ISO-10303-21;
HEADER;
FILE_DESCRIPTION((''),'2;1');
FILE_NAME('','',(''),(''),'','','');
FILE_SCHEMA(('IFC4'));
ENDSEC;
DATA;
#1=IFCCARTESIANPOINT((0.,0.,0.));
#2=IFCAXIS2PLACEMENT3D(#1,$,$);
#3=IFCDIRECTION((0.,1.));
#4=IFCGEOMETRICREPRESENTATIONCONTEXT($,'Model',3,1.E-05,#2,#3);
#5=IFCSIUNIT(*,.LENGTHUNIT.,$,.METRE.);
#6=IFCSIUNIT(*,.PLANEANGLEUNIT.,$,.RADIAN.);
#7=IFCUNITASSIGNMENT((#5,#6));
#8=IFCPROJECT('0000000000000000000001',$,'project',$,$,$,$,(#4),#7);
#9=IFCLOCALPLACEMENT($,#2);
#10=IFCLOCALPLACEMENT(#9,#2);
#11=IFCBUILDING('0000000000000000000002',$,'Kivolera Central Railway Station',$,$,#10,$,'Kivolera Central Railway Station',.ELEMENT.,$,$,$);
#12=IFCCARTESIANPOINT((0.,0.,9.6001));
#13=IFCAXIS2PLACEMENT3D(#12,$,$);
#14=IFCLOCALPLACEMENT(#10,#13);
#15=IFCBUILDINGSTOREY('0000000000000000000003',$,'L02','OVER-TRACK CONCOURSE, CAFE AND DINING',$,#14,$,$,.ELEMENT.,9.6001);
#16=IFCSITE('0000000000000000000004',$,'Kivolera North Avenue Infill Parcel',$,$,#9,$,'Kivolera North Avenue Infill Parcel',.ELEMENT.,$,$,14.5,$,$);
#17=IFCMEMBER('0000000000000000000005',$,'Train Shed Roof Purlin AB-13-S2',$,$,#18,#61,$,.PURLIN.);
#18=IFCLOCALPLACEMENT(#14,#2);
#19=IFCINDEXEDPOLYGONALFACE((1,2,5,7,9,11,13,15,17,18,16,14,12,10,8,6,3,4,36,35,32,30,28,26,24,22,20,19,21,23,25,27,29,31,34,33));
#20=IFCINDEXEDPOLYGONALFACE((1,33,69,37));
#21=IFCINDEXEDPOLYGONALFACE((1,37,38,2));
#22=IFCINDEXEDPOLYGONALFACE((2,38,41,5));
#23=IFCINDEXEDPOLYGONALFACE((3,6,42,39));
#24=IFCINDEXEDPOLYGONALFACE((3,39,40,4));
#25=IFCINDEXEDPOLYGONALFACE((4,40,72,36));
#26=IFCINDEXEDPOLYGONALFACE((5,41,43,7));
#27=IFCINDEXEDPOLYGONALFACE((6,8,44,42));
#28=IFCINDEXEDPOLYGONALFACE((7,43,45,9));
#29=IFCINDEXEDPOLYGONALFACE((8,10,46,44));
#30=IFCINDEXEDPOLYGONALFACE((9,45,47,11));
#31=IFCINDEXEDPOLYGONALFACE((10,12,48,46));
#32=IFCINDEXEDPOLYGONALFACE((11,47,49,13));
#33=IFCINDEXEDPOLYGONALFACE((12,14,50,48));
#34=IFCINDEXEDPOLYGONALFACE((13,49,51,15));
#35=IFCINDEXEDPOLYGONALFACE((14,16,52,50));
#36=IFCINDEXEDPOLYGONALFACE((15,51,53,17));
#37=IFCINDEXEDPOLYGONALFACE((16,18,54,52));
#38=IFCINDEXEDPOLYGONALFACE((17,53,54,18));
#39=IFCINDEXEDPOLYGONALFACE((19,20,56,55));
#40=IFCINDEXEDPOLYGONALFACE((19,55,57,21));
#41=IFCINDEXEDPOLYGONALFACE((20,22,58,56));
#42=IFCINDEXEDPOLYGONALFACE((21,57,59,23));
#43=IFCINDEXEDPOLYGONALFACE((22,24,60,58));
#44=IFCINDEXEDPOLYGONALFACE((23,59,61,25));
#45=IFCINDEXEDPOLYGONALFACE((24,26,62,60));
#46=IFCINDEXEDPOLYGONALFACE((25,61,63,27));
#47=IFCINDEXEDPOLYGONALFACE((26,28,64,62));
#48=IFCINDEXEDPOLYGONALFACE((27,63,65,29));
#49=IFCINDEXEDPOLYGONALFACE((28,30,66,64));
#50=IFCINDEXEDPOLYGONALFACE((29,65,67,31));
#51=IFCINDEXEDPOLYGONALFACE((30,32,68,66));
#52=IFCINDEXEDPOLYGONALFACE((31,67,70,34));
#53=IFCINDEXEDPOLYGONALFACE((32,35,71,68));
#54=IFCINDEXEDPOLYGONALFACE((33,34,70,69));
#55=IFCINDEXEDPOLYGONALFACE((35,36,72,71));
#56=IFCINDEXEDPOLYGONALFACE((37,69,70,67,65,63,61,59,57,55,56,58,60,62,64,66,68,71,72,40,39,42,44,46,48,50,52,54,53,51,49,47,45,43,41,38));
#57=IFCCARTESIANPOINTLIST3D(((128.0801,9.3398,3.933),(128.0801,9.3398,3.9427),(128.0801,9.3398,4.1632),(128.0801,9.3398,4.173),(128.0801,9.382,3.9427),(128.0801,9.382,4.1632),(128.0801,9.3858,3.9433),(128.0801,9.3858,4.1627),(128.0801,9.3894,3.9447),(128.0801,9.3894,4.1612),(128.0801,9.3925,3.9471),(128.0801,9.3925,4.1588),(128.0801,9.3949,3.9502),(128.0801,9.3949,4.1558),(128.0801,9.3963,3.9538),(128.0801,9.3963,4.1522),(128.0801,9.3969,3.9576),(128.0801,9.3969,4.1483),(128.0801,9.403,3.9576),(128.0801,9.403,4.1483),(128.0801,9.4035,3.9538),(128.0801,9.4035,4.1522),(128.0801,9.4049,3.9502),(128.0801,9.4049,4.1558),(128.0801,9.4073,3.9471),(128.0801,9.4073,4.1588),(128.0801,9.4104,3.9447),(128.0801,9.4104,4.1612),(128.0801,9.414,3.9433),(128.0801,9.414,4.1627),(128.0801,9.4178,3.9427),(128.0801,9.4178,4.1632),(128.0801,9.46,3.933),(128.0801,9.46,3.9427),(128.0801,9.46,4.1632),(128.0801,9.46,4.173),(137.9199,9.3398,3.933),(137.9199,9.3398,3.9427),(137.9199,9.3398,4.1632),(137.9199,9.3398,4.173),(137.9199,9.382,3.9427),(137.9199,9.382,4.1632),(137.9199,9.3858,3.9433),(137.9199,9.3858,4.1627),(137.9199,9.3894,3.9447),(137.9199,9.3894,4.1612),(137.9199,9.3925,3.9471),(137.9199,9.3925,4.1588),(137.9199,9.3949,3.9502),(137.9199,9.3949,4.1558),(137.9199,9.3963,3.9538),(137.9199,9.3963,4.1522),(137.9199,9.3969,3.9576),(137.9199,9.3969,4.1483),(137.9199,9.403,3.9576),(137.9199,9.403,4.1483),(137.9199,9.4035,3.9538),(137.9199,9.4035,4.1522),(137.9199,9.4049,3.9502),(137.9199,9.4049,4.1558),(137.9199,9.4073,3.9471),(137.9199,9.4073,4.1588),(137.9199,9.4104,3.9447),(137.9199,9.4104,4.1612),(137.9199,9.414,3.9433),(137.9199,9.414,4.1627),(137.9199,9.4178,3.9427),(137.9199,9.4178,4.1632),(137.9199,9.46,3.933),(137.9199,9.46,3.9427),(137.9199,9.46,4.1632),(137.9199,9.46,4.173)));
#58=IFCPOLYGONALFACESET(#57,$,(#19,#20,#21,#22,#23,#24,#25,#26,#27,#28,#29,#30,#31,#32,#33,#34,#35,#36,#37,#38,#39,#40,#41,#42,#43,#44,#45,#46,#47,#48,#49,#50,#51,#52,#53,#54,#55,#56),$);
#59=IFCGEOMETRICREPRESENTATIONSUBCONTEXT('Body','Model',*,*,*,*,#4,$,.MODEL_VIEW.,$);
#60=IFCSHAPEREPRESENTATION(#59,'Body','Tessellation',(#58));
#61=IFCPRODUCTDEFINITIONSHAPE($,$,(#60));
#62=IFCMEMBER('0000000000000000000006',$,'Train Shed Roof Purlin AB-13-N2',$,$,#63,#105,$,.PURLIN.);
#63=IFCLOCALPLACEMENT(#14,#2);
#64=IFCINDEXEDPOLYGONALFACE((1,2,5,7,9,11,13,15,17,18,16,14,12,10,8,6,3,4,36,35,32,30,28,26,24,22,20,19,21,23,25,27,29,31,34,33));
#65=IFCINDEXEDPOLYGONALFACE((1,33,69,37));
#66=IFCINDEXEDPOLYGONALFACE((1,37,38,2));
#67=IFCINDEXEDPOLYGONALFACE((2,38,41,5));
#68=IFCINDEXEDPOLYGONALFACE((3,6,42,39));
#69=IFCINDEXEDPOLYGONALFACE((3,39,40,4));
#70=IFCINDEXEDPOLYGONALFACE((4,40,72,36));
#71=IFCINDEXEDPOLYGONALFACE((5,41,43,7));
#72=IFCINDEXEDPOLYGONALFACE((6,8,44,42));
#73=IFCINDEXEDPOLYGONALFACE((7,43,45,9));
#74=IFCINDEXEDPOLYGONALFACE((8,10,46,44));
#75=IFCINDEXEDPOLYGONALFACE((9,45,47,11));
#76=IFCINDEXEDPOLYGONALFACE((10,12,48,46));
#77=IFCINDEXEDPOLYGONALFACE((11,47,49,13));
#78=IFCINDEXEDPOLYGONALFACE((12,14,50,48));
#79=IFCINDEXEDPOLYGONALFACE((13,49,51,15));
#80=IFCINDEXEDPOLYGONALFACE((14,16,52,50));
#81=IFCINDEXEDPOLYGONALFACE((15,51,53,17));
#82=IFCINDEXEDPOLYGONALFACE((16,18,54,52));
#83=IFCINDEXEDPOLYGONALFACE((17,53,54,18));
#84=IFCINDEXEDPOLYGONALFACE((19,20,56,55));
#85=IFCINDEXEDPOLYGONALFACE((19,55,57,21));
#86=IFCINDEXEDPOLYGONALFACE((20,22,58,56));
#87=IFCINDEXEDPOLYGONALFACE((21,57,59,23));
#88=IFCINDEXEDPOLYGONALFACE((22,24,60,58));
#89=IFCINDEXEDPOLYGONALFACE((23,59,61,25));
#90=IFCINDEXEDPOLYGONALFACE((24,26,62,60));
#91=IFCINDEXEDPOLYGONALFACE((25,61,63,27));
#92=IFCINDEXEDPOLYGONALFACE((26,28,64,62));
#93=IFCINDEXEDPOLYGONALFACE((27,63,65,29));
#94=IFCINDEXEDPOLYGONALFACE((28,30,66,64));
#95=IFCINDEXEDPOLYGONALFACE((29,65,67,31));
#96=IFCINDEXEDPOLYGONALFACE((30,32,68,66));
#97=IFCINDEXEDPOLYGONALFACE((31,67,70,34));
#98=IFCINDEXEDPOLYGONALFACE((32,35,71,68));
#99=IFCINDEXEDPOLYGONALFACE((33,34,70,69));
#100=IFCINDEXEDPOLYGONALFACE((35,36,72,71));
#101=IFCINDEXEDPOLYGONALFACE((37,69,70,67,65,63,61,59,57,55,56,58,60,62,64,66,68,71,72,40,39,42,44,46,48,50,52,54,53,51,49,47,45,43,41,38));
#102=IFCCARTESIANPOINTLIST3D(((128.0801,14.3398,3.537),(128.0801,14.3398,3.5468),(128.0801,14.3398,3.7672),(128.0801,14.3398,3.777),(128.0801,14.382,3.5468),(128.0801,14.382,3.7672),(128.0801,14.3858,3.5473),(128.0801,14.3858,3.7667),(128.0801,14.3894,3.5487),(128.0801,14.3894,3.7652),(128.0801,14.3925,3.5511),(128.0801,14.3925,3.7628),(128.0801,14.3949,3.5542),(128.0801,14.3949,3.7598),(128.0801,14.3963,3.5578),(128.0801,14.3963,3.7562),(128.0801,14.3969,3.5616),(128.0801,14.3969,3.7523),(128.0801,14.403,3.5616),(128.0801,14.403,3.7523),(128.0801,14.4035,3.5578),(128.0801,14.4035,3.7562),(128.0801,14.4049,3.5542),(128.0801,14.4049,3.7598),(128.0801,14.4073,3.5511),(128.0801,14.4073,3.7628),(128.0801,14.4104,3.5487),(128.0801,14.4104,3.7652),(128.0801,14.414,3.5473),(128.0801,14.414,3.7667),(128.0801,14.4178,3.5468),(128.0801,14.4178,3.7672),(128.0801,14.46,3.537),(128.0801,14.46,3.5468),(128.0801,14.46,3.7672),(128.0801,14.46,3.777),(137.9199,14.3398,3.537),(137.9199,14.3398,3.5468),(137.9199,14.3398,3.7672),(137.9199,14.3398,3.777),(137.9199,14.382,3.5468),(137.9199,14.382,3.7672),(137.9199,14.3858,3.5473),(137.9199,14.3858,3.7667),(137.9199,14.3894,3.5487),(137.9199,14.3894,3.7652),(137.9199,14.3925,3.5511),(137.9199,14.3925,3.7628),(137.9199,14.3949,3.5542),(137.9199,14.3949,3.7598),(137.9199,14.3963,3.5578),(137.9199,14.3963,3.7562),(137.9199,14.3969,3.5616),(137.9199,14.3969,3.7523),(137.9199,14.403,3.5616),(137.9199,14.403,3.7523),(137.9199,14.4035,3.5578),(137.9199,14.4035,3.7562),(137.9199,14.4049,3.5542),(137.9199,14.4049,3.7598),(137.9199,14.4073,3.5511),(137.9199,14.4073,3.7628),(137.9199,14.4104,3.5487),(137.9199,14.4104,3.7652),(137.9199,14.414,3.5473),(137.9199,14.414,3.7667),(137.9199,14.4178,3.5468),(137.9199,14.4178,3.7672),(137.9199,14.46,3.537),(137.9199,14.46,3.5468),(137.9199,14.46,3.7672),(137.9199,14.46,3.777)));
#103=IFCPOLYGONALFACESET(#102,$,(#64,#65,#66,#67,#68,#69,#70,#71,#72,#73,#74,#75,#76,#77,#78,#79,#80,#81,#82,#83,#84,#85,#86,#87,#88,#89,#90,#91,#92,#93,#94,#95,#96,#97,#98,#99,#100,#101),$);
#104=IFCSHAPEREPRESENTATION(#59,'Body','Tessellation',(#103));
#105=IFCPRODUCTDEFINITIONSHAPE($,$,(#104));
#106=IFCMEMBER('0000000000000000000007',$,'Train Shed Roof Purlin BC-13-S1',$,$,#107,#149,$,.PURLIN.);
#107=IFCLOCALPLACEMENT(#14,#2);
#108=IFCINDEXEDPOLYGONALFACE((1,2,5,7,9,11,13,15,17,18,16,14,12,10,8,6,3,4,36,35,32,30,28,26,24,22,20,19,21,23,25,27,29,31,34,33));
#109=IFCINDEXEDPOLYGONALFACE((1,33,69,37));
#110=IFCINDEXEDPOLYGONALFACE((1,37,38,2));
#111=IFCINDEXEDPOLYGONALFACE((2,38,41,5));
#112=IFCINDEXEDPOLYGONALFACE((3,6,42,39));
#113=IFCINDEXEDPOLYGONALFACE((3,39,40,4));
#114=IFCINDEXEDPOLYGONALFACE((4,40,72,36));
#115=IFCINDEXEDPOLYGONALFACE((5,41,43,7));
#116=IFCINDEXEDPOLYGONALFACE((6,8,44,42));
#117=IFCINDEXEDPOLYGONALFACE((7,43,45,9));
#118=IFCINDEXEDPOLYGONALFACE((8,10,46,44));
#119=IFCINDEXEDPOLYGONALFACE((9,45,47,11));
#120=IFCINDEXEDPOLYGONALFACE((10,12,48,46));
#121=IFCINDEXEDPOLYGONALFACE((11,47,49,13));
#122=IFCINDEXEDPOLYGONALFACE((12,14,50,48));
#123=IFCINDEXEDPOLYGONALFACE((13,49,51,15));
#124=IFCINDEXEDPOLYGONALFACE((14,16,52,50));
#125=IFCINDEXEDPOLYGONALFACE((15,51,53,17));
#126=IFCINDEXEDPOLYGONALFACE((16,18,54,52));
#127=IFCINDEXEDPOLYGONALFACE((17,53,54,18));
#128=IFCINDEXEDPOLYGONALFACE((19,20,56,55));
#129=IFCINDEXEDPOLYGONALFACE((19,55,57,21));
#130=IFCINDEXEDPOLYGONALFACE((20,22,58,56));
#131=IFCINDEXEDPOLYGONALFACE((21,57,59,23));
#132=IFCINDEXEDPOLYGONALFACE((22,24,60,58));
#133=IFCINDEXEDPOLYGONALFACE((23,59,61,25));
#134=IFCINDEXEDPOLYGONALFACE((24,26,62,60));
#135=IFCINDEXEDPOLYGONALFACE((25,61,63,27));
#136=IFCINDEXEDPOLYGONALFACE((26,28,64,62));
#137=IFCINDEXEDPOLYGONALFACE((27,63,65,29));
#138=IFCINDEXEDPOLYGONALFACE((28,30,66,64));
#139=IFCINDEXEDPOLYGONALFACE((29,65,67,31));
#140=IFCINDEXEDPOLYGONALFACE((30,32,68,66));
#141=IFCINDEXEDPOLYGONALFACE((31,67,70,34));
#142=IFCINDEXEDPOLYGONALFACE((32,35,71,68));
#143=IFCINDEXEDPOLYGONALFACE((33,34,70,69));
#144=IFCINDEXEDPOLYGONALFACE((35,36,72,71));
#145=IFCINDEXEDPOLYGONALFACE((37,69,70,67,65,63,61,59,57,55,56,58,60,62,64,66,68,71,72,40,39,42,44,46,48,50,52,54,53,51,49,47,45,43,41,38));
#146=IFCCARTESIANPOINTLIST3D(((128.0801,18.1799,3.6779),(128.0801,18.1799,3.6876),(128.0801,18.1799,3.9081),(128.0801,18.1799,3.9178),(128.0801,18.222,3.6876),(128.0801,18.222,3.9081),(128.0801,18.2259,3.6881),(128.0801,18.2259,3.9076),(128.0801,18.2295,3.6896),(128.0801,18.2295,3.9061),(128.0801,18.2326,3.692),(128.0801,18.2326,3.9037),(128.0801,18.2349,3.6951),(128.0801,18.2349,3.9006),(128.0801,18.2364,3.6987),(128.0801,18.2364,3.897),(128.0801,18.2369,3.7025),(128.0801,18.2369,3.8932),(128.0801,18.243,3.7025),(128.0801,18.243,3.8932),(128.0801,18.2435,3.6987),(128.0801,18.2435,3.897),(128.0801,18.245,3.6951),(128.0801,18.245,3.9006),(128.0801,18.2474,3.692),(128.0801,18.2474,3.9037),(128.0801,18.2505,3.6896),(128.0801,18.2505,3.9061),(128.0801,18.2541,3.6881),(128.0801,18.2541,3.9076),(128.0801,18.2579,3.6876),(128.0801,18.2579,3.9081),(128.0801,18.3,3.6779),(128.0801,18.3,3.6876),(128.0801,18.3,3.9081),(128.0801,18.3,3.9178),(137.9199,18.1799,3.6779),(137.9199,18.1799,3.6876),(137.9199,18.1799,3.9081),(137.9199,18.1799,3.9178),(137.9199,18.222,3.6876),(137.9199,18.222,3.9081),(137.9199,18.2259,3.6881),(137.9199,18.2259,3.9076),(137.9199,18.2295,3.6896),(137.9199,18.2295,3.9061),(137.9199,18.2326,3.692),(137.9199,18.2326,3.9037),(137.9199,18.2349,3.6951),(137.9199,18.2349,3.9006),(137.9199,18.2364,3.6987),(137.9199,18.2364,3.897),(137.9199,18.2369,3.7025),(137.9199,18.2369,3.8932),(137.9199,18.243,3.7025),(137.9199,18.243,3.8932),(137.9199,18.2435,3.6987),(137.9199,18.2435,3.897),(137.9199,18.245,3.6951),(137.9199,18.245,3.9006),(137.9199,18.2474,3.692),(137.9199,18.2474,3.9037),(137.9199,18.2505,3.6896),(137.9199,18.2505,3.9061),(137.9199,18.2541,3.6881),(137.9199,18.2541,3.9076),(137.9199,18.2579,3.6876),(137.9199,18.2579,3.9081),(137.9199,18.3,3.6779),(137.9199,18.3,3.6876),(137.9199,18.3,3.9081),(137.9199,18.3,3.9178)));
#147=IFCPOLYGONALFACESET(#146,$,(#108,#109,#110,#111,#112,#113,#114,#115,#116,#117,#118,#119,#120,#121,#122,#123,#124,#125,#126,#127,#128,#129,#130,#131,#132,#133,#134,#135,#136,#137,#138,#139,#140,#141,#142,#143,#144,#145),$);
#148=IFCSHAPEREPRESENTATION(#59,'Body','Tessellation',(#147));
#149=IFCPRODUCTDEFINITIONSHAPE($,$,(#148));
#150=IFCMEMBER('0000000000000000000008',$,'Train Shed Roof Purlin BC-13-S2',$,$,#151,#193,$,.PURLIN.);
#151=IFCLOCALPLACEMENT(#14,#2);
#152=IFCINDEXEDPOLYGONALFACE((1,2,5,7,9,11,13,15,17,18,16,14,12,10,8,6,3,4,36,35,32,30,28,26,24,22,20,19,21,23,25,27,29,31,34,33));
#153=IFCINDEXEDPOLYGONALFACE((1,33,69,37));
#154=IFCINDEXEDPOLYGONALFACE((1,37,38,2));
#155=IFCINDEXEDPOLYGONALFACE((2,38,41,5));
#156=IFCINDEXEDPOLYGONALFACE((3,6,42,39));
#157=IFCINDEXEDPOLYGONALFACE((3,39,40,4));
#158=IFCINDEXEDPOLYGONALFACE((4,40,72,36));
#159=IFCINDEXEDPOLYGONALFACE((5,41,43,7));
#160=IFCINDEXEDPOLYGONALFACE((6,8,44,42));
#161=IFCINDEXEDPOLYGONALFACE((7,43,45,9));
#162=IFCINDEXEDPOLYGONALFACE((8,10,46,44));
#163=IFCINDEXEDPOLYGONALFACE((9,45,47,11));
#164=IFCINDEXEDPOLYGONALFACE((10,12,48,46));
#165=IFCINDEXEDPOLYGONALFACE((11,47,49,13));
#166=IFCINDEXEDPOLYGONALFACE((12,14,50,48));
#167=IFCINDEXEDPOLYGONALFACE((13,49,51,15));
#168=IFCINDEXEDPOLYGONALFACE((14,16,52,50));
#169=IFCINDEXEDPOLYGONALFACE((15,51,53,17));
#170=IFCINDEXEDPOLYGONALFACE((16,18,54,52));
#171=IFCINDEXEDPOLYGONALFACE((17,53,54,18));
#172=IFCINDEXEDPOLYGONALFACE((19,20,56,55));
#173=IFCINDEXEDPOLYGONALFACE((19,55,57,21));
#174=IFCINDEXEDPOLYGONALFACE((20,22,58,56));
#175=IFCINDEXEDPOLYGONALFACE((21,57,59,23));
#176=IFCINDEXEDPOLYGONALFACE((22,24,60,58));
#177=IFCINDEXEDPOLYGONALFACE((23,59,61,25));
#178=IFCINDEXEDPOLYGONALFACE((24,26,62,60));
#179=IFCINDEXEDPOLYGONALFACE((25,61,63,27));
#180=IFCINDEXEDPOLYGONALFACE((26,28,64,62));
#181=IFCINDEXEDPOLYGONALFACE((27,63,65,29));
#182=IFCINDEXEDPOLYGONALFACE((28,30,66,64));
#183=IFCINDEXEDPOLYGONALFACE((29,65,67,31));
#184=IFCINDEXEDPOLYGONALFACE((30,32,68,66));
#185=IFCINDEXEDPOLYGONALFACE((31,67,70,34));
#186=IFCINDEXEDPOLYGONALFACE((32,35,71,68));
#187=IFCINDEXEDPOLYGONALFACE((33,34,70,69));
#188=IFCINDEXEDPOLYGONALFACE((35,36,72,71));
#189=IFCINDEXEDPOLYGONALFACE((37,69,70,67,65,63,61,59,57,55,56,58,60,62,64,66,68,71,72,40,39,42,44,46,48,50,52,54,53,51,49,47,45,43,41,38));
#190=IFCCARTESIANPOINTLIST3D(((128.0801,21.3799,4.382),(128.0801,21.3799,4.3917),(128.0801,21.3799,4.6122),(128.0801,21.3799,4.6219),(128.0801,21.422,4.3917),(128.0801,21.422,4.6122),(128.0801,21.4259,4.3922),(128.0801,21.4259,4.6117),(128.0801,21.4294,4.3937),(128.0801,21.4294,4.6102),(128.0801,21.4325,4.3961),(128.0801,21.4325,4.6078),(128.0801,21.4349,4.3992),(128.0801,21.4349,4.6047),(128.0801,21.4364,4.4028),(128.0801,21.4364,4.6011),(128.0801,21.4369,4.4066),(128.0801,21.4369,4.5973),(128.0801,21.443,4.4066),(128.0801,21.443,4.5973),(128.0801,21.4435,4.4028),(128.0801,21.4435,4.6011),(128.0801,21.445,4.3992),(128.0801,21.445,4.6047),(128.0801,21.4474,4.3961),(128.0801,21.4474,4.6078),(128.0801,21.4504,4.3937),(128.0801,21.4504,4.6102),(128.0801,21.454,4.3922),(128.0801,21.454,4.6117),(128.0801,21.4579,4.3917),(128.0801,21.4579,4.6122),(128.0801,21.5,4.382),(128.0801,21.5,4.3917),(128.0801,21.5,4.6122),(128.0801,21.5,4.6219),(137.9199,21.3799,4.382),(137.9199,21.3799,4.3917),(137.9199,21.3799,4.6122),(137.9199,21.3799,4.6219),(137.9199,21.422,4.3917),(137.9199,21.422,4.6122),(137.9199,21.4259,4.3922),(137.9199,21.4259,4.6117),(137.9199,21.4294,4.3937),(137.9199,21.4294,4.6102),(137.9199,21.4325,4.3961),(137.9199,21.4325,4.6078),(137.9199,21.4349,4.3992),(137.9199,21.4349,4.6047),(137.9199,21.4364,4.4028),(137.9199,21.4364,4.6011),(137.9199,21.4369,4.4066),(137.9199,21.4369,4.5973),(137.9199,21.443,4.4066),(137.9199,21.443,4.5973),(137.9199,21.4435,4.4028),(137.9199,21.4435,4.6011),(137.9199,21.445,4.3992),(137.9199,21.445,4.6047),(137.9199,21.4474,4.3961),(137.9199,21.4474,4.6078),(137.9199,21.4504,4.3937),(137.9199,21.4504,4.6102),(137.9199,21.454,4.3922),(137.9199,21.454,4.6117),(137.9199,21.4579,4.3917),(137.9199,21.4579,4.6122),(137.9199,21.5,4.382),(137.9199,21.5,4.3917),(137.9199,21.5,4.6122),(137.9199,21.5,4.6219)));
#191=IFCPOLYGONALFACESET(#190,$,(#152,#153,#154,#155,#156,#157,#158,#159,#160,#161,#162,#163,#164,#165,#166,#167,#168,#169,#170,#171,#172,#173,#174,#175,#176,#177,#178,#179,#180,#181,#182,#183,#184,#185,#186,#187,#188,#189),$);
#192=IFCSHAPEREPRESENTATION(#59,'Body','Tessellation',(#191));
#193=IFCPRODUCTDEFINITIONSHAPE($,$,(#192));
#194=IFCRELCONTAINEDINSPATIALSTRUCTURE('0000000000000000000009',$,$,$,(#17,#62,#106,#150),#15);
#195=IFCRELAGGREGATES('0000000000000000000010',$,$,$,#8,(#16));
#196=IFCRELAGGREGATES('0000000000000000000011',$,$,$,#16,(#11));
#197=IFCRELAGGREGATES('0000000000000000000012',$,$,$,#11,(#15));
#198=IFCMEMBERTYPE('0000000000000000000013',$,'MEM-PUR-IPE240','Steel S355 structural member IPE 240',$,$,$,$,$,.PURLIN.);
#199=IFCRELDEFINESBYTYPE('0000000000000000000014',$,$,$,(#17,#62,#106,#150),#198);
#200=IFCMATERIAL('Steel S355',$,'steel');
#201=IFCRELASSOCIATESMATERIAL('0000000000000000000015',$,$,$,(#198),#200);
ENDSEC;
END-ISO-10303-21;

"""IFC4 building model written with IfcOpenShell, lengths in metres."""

from ifc_helpers import new_model, si_unit, direction, frame, origin, origin_2d, place, context, subcontext, project, spatial, i_section, extrude, material, material_profile, profile_set, type_object, element, save


model = new_model("IFC4")

# Units and contexts
model_context = context("Model", 3, precision=1e-05, world=origin(), true_north=direction((0.0, 1.0)))
body_context = subcontext(model_context, "Body", "Model", "MODEL_VIEW")
ifc_project = project(units=[si_unit("LENGTHUNIT", "METRE"), si_unit("PLANEANGLEUNIT", "RADIAN")], contexts=[model_context])

# Site, building, storey
site_placement = place(None, origin())
site = spatial("IfcSite", under=ifc_project, at=site_placement, Name="Kivolera North Avenue Infill Parcel", LongName="Kivolera North Avenue Infill Parcel", CompositionType="ELEMENT", RefElevation=14.5)
building_placement = place(site_placement, origin())
building = spatial("IfcBuilding", under=site, at=building_placement, Name="Kivolera Central Railway Station", LongName="Kivolera Central Railway Station", CompositionType="ELEMENT")
storey_placement = place(building_placement, frame((0.0, 0.0, 9.6001)))
storey = spatial("IfcBuildingStorey", under=building, at=storey_placement, Name="L02", Description="OVER-TRACK CONCOURSE, CAFE AND DINING", CompositionType="ELEMENT", Elevation=9.6001)

# Shared definitions
ifc_material_1 = material(Name="Steel S355", Category="steel")

# Members
ifc_material_profile_1 = material_profile(ifc_material_1, i_section(OverallWidth=0.1201, OverallDepth=0.24, WebThickness=0.0061, FlangeThickness=0.0098, FilletRadius=0.0149, at=origin_2d()), Name="IPE 240")
ifc_profile_set_1 = profile_set([ifc_material_profile_1], Name="Steel S355")
member_type_1 = type_object("IfcMemberType", Name="MEM-PUR-IPE240", Description="Steel S355 structural member IPE 240", PredefinedType="PURLIN", material=ifc_profile_set_1)
for number, where, z_axis, x_axis, name in (
    (1, (128.0801, 9.3999, 4.053), (1.0, 0.0, 0.0), (0.0, 1.0, 0.0), "Train Shed Roof Purlin AB-13-S2"),
    (2, (128.0801, 14.3999, 3.657), (1.0, 0.0, 0.0), (0.0, 1.0, 0.0), "Train Shed Roof Purlin AB-13-N2"),
    (3, (128.0801, 18.24, 3.7979), (1.0, 0.0, 0.0), (0.0, 1.0, 0.0), "Train Shed Roof Purlin BC-13-S1"),
    (4, (128.0801, 21.4399, 4.502), (1.0, 0.0, 0.0), (0.0, 1.0, 0.0), "Train Shed Roof Purlin BC-13-S2"),
):
    element("IfcMember", number, at=place(storey_placement, frame(where, z_axis=z_axis, x_axis=x_axis)), inside=storey, type_object=member_type_1, Name=name, PredefinedType="PURLIN", context=body_context, shape_type="SweptSolid", body=[
        extrude(i_section(OverallWidth=0.1201, OverallDepth=0.24, WebThickness=0.0061, FlangeThickness=0.0098, FilletRadius=0.0149, at=origin_2d()), origin(), (0.0, 0.0, 1.0), 9.8398),
    ])

save(model, "model.ifc")
